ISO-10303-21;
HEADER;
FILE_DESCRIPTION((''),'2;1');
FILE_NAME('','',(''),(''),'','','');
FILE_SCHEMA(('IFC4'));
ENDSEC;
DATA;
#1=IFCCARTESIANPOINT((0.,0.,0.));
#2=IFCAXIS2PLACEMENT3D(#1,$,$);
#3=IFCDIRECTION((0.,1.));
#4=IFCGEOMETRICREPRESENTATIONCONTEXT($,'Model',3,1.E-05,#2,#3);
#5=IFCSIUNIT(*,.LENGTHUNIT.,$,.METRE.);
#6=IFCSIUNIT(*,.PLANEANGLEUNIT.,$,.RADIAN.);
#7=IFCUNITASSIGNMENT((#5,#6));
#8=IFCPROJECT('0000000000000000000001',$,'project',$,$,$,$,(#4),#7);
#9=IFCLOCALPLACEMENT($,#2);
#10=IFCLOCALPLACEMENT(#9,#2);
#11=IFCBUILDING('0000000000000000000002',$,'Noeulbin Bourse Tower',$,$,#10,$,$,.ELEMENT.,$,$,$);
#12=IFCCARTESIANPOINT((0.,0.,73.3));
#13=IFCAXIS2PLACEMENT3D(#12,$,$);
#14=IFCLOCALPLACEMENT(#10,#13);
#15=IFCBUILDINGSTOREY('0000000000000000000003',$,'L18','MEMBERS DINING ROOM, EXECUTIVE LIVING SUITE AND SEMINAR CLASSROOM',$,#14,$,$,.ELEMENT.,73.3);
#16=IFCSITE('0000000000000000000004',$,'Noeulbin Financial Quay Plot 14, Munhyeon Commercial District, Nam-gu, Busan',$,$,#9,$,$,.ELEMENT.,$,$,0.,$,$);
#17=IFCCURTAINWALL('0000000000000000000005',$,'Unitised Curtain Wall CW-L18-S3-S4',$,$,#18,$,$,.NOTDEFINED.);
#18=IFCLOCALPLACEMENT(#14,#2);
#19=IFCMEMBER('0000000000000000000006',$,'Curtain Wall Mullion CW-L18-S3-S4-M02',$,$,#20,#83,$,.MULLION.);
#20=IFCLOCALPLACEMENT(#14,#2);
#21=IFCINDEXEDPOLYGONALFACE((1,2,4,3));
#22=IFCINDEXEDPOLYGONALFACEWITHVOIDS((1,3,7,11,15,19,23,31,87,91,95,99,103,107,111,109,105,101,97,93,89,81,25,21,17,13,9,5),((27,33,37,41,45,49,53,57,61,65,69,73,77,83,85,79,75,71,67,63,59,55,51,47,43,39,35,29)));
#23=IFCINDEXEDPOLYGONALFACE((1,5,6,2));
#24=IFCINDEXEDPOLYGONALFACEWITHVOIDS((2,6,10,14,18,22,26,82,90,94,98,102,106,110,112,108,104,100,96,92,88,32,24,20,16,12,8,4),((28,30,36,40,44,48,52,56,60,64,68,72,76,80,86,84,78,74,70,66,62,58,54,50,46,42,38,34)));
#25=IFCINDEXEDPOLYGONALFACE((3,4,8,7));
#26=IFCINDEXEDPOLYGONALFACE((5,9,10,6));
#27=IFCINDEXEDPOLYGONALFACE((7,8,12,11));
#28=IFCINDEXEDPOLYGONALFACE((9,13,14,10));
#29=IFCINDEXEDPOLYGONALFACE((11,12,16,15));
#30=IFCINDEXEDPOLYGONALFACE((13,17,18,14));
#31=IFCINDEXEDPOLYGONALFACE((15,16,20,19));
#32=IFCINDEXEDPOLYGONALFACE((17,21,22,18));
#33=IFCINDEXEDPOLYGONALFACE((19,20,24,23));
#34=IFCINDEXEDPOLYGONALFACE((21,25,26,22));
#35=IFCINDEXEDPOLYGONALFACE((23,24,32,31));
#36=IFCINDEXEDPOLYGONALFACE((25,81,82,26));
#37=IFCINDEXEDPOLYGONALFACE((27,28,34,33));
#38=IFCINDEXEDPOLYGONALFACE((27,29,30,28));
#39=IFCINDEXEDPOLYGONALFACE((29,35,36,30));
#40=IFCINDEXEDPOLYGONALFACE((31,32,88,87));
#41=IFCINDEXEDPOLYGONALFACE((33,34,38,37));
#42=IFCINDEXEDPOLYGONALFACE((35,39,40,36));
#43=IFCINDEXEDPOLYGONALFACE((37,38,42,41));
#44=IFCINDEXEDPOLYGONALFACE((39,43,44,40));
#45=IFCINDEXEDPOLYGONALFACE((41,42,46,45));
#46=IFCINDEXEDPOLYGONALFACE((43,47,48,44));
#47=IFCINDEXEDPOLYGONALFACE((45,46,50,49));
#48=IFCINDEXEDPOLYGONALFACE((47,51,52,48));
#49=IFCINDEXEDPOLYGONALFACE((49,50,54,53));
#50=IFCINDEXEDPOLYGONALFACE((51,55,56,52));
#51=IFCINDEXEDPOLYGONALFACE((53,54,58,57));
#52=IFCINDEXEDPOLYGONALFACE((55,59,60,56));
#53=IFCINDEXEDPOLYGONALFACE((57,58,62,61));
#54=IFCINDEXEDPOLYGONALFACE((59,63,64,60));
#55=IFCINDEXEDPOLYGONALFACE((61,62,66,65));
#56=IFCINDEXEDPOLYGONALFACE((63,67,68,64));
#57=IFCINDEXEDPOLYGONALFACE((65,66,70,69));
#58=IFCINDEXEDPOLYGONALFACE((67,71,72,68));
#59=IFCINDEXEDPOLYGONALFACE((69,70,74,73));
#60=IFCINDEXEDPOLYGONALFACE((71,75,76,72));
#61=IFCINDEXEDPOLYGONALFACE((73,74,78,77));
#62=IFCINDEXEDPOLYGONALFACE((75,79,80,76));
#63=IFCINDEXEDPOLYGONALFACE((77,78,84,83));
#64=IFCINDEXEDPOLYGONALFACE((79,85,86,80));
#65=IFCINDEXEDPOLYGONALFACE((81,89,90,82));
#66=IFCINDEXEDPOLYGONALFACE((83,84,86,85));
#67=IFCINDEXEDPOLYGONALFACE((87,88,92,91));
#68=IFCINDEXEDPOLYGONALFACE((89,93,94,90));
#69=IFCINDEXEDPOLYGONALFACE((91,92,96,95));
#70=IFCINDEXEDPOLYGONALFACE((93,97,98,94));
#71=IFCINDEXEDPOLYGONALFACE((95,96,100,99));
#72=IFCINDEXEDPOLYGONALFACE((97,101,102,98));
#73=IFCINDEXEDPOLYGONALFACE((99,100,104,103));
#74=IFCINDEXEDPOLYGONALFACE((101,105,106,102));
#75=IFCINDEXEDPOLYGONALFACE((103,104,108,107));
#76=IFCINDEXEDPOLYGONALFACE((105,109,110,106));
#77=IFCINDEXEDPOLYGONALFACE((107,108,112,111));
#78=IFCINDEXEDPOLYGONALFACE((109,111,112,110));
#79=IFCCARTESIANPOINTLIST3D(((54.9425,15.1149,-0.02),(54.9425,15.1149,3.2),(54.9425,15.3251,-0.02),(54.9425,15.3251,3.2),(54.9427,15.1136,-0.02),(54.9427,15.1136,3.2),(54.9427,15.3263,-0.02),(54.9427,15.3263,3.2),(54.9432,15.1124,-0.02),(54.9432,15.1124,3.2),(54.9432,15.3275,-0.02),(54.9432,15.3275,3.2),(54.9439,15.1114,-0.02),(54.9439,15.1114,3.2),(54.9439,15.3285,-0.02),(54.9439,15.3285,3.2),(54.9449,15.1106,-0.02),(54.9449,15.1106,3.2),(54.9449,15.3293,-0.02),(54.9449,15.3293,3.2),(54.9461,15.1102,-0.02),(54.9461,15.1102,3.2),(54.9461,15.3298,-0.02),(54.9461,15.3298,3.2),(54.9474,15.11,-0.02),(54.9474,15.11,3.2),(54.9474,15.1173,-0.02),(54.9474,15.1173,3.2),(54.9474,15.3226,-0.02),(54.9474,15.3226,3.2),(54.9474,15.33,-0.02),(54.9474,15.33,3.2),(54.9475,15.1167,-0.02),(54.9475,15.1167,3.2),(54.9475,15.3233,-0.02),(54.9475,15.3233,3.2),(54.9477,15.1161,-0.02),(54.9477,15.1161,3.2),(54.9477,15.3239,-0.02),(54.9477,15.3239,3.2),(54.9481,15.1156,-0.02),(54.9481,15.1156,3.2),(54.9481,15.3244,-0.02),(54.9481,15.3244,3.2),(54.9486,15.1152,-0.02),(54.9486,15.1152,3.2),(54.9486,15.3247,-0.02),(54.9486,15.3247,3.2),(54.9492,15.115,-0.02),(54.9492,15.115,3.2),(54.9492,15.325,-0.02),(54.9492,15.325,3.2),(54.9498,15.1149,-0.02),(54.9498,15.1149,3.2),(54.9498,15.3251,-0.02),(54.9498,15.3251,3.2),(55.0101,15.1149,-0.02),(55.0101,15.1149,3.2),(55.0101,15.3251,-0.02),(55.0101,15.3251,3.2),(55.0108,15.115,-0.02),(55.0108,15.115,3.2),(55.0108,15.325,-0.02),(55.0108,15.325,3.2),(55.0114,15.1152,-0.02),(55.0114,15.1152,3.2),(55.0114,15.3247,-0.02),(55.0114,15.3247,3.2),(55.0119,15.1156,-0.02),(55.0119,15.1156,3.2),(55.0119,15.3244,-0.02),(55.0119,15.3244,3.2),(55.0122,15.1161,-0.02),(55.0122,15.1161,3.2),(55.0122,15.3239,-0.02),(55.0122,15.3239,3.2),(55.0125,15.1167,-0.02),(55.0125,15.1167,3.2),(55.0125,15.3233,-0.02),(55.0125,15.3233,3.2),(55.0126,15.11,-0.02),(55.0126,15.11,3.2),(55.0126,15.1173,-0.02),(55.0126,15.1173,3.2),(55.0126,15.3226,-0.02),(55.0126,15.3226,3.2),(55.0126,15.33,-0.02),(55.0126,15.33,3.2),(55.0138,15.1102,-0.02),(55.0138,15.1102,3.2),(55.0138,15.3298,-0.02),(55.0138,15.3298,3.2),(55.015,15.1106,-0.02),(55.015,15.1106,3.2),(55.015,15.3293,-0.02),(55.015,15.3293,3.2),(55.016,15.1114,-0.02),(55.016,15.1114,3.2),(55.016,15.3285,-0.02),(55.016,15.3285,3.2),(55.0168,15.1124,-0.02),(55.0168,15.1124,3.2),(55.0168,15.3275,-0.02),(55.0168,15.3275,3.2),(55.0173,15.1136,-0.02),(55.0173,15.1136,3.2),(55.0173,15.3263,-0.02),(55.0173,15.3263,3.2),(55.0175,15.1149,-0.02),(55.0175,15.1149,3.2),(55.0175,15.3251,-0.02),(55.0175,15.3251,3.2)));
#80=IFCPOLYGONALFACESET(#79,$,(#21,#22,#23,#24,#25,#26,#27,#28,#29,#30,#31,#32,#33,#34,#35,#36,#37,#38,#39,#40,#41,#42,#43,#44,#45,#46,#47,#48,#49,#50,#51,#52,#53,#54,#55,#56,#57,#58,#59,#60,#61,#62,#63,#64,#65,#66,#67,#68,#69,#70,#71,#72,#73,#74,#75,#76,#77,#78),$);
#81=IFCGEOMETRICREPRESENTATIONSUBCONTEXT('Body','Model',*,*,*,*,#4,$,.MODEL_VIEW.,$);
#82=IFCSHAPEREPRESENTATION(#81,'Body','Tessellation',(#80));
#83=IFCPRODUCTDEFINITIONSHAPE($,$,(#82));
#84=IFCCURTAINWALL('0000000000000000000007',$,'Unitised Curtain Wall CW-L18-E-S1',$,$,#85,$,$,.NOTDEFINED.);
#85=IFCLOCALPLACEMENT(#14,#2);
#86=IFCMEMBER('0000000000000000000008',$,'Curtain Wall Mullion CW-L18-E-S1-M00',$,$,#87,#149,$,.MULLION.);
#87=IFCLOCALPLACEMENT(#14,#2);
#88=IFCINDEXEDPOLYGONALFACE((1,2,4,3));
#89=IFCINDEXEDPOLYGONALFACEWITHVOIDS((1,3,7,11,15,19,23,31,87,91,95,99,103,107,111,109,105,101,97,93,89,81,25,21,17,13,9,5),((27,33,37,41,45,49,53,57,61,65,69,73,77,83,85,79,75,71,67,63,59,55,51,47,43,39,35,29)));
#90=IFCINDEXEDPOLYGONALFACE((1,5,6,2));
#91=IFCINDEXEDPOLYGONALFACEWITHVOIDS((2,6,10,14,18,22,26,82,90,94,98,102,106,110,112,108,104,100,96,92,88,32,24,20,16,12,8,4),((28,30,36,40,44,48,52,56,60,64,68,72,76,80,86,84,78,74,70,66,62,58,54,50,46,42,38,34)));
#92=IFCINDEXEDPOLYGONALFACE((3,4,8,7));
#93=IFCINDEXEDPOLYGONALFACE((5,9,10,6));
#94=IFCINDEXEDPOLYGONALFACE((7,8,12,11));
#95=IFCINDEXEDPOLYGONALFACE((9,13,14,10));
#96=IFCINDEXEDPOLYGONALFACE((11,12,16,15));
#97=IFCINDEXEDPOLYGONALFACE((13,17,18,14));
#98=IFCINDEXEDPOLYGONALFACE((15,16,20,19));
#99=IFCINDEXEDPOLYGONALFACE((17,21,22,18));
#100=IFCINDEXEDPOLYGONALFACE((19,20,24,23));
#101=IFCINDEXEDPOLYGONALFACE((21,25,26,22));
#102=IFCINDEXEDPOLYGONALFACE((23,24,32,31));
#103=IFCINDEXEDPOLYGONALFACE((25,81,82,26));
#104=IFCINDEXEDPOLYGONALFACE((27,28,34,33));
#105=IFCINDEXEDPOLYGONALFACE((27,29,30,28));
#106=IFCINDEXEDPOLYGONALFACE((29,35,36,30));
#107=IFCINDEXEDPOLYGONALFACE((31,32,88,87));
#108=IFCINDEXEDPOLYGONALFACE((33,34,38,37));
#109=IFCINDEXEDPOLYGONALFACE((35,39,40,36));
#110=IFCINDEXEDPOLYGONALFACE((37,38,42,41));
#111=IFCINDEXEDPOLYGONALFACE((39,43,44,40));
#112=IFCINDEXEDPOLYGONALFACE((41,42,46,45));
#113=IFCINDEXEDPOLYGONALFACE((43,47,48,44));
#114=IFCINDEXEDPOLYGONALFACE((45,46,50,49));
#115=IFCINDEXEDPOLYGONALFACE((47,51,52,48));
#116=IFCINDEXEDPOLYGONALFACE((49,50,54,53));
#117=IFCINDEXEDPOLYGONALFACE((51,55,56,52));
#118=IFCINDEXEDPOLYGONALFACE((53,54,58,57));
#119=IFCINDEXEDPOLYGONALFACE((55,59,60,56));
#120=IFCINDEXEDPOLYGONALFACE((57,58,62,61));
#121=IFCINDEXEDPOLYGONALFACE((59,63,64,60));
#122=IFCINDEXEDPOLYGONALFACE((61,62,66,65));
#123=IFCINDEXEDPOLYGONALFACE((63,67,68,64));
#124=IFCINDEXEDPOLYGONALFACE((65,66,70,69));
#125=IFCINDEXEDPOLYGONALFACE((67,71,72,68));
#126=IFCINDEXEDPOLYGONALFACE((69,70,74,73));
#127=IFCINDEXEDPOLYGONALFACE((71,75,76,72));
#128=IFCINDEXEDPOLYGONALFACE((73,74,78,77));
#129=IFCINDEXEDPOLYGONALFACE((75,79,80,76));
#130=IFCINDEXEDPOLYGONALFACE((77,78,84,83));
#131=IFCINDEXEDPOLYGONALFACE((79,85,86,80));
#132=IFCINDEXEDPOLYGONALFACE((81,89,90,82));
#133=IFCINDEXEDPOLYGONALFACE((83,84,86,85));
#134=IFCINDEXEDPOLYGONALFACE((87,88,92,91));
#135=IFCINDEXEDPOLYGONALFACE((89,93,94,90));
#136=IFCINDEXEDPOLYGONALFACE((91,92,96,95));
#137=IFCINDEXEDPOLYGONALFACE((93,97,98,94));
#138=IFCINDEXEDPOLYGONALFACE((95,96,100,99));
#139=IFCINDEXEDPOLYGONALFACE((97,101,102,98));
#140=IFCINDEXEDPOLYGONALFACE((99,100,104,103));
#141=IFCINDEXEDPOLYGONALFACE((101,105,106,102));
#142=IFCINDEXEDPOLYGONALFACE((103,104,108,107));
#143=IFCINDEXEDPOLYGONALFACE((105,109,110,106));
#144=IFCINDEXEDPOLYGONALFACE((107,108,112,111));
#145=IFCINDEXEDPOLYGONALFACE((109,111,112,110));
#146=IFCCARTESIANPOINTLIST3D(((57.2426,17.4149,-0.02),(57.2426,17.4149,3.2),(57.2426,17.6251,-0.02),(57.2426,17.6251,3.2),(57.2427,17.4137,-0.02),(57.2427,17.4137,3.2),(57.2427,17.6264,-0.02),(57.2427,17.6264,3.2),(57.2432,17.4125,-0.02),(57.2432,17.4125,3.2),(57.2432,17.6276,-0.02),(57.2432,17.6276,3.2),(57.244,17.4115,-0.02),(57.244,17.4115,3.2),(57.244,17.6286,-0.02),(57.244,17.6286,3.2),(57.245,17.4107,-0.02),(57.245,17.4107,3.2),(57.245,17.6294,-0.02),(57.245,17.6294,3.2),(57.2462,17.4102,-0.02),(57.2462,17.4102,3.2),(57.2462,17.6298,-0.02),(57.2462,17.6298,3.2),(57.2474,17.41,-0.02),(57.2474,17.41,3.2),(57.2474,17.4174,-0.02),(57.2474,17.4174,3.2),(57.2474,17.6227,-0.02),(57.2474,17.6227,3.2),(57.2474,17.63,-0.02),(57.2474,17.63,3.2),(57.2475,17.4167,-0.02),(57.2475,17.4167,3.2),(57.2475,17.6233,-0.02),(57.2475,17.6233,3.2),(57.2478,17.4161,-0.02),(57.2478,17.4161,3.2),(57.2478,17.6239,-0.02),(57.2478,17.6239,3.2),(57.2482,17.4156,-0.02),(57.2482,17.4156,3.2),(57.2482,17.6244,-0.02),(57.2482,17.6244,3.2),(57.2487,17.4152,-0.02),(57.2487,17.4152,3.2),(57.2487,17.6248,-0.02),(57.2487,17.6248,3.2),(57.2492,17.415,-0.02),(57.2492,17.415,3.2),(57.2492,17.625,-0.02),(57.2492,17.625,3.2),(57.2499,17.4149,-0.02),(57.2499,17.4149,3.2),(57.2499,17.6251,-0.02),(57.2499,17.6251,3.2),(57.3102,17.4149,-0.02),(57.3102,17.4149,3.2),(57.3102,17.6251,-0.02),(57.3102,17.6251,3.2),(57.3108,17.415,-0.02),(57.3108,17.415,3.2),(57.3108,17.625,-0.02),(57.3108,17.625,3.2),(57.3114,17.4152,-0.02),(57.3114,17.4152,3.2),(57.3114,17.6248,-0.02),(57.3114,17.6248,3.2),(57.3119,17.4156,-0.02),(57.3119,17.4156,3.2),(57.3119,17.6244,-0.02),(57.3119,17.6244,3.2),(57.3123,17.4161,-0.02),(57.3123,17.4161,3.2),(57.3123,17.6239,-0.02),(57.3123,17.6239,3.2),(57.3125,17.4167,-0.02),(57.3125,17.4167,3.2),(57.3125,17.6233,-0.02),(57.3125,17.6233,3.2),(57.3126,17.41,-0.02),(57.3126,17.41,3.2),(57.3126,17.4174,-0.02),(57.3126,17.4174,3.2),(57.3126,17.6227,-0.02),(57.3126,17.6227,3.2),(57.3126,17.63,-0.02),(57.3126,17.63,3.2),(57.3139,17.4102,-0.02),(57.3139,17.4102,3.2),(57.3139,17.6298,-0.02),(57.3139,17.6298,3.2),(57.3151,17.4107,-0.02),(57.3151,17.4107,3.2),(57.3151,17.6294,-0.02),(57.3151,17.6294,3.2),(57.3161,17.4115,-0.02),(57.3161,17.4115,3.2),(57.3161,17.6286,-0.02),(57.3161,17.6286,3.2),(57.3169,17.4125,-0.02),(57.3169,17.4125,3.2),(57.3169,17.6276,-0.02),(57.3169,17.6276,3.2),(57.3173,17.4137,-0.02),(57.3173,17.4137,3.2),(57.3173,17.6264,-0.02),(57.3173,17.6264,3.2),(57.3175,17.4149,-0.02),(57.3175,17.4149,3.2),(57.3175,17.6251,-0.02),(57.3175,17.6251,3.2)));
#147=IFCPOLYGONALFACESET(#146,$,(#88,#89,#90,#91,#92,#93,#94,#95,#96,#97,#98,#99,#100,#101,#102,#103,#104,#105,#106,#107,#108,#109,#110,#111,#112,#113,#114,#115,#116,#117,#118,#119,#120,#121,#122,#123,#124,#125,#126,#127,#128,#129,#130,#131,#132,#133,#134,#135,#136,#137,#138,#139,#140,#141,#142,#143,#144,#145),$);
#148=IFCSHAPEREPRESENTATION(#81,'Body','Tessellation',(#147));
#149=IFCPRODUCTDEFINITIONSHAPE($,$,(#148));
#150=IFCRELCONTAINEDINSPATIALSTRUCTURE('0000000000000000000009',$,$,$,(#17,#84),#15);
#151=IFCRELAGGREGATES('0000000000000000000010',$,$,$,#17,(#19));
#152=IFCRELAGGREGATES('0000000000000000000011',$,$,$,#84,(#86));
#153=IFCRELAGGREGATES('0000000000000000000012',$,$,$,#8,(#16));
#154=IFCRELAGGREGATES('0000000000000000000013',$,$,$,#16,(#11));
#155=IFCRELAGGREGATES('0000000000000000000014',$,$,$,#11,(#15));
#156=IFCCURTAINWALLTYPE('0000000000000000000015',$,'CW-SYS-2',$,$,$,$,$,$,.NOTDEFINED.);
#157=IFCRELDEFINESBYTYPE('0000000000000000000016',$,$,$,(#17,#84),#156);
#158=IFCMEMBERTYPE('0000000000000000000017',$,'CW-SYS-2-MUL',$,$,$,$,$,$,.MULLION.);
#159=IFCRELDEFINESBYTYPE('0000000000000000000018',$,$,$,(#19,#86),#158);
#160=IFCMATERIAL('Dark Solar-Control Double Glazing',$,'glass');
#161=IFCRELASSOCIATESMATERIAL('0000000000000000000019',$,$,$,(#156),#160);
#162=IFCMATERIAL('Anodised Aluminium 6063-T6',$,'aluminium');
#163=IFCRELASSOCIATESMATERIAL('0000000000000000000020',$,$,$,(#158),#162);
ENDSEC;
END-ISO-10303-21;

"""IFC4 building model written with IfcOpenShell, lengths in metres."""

from ifc_helpers import new_model, si_unit, direction, frame, origin, origin_2d, place, context, subcontext, project, spatial, hollow_rectangle, extrude, material, material_profile, profile_set, type_object, element, aggregate, save


model = new_model("IFC4")

# Units and contexts
model_context = context("Model", 3, precision=1e-05, world=origin(), true_north=direction((0.0, 1.0)))
body_context = subcontext(model_context, "Body", "Model", "MODEL_VIEW")
ifc_project = project(units=[si_unit("LENGTHUNIT", "METRE"), si_unit("PLANEANGLEUNIT", "RADIAN")], contexts=[model_context])

# Site, building, storey
site_placement = place(None, origin())
site = spatial("IfcSite", under=ifc_project, at=site_placement, Name="Noeulbin Financial Quay Plot 14, Munhyeon Commercial District, Nam-gu, Busan", CompositionType="ELEMENT", RefElevation=0.0)
building_placement = place(site_placement, origin())
building = spatial("IfcBuilding", under=site, at=building_placement, Name="Noeulbin Bourse Tower", CompositionType="ELEMENT")
storey_placement = place(building_placement, frame((0.0, 0.0, 73.3)))
storey = spatial("IfcBuildingStorey", under=building, at=storey_placement, Name="L18", Description="MEMBERS DINING ROOM, EXECUTIVE LIVING SUITE AND SEMINAR CLASSROOM", CompositionType="ELEMENT", Elevation=73.3)

# Curtain walls, members
ifc_material_1 = material(Name="Dark Solar-Control Double Glazing", Category="glass")
curtain_wall_type = type_object("IfcCurtainWallType", Name="CW-SYS-2", PredefinedType="NOTDEFINED", material=ifc_material_1)
curtain_wall_1_placement = place(storey_placement, origin())
curtain_wall_1 = element("IfcCurtainWall", 1, at=curtain_wall_1_placement, inside=storey, type_object=curtain_wall_type, Name="Unitised Curtain Wall CW-L18-S3-S4", PredefinedType="NOTDEFINED")
ifc_material_2 = material(Name="Anodised Aluminium 6063-T6", Category="aluminium")
ifc_material_profile_1 = material_profile(ifc_material_2, hollow_rectangle(XDim=0.075, YDim=0.22, WallThickness=0.0049, InnerFilletRadius=0.0024, OuterFilletRadius=0.0049, at=origin_2d()), Name="ALU-MULL-75x220x5", Category="LoadBearing")
ifc_profile_set_1 = profile_set([ifc_material_profile_1], Name="Anodised Aluminium 6063-T6")
member_type_1 = type_object("IfcMemberType", Name="CW-SYS-2-MUL", PredefinedType="MULLION", material=ifc_profile_set_1)
member_1_placement = place(storey_placement, frame((54.98, 15.22, -0.02), z_axis=(0.0, 0.0, 1.0), x_axis=(1.0, 0.0, 0.0)))
member_1 = element("IfcMember", 2, at=member_1_placement, type_object=member_type_1, Name="Curtain Wall Mullion CW-L18-S3-S4-M02", PredefinedType="MULLION", context=body_context, shape_type="SweptSolid", body=[
    extrude(hollow_rectangle(XDim=0.075, YDim=0.22, WallThickness=0.0049, InnerFilletRadius=0.0024, OuterFilletRadius=0.0049, at=origin_2d()), origin(), (0.0, 0.0, 1.0), 3.22),
])
curtain_wall_2_placement = place(storey_placement, origin())
curtain_wall_2 = element("IfcCurtainWall", 3, at=curtain_wall_2_placement, inside=storey, type_object=curtain_wall_type, Name="Unitised Curtain Wall CW-L18-E-S1", PredefinedType="NOTDEFINED")
member_2_placement = place(storey_placement, frame((57.28, 17.52, -0.02), z_axis=(0.0, 0.0, 1.0), x_axis=(1.0, 0.0, 0.0)))
member_2 = element("IfcMember", 4, at=member_2_placement, type_object=member_type_1, Name="Curtain Wall Mullion CW-L18-E-S1-M00", PredefinedType="MULLION", context=body_context, shape_type="SweptSolid", body=[
    extrude(hollow_rectangle(XDim=0.075, YDim=0.22, WallThickness=0.0049, InnerFilletRadius=0.0024, OuterFilletRadius=0.0049, at=origin_2d()), origin(), (0.0, 0.0, 1.0), 3.22),
])

aggregate(curtain_wall_1, [member_1])
aggregate(curtain_wall_2, [member_2])

save(model, "model.ifc")
